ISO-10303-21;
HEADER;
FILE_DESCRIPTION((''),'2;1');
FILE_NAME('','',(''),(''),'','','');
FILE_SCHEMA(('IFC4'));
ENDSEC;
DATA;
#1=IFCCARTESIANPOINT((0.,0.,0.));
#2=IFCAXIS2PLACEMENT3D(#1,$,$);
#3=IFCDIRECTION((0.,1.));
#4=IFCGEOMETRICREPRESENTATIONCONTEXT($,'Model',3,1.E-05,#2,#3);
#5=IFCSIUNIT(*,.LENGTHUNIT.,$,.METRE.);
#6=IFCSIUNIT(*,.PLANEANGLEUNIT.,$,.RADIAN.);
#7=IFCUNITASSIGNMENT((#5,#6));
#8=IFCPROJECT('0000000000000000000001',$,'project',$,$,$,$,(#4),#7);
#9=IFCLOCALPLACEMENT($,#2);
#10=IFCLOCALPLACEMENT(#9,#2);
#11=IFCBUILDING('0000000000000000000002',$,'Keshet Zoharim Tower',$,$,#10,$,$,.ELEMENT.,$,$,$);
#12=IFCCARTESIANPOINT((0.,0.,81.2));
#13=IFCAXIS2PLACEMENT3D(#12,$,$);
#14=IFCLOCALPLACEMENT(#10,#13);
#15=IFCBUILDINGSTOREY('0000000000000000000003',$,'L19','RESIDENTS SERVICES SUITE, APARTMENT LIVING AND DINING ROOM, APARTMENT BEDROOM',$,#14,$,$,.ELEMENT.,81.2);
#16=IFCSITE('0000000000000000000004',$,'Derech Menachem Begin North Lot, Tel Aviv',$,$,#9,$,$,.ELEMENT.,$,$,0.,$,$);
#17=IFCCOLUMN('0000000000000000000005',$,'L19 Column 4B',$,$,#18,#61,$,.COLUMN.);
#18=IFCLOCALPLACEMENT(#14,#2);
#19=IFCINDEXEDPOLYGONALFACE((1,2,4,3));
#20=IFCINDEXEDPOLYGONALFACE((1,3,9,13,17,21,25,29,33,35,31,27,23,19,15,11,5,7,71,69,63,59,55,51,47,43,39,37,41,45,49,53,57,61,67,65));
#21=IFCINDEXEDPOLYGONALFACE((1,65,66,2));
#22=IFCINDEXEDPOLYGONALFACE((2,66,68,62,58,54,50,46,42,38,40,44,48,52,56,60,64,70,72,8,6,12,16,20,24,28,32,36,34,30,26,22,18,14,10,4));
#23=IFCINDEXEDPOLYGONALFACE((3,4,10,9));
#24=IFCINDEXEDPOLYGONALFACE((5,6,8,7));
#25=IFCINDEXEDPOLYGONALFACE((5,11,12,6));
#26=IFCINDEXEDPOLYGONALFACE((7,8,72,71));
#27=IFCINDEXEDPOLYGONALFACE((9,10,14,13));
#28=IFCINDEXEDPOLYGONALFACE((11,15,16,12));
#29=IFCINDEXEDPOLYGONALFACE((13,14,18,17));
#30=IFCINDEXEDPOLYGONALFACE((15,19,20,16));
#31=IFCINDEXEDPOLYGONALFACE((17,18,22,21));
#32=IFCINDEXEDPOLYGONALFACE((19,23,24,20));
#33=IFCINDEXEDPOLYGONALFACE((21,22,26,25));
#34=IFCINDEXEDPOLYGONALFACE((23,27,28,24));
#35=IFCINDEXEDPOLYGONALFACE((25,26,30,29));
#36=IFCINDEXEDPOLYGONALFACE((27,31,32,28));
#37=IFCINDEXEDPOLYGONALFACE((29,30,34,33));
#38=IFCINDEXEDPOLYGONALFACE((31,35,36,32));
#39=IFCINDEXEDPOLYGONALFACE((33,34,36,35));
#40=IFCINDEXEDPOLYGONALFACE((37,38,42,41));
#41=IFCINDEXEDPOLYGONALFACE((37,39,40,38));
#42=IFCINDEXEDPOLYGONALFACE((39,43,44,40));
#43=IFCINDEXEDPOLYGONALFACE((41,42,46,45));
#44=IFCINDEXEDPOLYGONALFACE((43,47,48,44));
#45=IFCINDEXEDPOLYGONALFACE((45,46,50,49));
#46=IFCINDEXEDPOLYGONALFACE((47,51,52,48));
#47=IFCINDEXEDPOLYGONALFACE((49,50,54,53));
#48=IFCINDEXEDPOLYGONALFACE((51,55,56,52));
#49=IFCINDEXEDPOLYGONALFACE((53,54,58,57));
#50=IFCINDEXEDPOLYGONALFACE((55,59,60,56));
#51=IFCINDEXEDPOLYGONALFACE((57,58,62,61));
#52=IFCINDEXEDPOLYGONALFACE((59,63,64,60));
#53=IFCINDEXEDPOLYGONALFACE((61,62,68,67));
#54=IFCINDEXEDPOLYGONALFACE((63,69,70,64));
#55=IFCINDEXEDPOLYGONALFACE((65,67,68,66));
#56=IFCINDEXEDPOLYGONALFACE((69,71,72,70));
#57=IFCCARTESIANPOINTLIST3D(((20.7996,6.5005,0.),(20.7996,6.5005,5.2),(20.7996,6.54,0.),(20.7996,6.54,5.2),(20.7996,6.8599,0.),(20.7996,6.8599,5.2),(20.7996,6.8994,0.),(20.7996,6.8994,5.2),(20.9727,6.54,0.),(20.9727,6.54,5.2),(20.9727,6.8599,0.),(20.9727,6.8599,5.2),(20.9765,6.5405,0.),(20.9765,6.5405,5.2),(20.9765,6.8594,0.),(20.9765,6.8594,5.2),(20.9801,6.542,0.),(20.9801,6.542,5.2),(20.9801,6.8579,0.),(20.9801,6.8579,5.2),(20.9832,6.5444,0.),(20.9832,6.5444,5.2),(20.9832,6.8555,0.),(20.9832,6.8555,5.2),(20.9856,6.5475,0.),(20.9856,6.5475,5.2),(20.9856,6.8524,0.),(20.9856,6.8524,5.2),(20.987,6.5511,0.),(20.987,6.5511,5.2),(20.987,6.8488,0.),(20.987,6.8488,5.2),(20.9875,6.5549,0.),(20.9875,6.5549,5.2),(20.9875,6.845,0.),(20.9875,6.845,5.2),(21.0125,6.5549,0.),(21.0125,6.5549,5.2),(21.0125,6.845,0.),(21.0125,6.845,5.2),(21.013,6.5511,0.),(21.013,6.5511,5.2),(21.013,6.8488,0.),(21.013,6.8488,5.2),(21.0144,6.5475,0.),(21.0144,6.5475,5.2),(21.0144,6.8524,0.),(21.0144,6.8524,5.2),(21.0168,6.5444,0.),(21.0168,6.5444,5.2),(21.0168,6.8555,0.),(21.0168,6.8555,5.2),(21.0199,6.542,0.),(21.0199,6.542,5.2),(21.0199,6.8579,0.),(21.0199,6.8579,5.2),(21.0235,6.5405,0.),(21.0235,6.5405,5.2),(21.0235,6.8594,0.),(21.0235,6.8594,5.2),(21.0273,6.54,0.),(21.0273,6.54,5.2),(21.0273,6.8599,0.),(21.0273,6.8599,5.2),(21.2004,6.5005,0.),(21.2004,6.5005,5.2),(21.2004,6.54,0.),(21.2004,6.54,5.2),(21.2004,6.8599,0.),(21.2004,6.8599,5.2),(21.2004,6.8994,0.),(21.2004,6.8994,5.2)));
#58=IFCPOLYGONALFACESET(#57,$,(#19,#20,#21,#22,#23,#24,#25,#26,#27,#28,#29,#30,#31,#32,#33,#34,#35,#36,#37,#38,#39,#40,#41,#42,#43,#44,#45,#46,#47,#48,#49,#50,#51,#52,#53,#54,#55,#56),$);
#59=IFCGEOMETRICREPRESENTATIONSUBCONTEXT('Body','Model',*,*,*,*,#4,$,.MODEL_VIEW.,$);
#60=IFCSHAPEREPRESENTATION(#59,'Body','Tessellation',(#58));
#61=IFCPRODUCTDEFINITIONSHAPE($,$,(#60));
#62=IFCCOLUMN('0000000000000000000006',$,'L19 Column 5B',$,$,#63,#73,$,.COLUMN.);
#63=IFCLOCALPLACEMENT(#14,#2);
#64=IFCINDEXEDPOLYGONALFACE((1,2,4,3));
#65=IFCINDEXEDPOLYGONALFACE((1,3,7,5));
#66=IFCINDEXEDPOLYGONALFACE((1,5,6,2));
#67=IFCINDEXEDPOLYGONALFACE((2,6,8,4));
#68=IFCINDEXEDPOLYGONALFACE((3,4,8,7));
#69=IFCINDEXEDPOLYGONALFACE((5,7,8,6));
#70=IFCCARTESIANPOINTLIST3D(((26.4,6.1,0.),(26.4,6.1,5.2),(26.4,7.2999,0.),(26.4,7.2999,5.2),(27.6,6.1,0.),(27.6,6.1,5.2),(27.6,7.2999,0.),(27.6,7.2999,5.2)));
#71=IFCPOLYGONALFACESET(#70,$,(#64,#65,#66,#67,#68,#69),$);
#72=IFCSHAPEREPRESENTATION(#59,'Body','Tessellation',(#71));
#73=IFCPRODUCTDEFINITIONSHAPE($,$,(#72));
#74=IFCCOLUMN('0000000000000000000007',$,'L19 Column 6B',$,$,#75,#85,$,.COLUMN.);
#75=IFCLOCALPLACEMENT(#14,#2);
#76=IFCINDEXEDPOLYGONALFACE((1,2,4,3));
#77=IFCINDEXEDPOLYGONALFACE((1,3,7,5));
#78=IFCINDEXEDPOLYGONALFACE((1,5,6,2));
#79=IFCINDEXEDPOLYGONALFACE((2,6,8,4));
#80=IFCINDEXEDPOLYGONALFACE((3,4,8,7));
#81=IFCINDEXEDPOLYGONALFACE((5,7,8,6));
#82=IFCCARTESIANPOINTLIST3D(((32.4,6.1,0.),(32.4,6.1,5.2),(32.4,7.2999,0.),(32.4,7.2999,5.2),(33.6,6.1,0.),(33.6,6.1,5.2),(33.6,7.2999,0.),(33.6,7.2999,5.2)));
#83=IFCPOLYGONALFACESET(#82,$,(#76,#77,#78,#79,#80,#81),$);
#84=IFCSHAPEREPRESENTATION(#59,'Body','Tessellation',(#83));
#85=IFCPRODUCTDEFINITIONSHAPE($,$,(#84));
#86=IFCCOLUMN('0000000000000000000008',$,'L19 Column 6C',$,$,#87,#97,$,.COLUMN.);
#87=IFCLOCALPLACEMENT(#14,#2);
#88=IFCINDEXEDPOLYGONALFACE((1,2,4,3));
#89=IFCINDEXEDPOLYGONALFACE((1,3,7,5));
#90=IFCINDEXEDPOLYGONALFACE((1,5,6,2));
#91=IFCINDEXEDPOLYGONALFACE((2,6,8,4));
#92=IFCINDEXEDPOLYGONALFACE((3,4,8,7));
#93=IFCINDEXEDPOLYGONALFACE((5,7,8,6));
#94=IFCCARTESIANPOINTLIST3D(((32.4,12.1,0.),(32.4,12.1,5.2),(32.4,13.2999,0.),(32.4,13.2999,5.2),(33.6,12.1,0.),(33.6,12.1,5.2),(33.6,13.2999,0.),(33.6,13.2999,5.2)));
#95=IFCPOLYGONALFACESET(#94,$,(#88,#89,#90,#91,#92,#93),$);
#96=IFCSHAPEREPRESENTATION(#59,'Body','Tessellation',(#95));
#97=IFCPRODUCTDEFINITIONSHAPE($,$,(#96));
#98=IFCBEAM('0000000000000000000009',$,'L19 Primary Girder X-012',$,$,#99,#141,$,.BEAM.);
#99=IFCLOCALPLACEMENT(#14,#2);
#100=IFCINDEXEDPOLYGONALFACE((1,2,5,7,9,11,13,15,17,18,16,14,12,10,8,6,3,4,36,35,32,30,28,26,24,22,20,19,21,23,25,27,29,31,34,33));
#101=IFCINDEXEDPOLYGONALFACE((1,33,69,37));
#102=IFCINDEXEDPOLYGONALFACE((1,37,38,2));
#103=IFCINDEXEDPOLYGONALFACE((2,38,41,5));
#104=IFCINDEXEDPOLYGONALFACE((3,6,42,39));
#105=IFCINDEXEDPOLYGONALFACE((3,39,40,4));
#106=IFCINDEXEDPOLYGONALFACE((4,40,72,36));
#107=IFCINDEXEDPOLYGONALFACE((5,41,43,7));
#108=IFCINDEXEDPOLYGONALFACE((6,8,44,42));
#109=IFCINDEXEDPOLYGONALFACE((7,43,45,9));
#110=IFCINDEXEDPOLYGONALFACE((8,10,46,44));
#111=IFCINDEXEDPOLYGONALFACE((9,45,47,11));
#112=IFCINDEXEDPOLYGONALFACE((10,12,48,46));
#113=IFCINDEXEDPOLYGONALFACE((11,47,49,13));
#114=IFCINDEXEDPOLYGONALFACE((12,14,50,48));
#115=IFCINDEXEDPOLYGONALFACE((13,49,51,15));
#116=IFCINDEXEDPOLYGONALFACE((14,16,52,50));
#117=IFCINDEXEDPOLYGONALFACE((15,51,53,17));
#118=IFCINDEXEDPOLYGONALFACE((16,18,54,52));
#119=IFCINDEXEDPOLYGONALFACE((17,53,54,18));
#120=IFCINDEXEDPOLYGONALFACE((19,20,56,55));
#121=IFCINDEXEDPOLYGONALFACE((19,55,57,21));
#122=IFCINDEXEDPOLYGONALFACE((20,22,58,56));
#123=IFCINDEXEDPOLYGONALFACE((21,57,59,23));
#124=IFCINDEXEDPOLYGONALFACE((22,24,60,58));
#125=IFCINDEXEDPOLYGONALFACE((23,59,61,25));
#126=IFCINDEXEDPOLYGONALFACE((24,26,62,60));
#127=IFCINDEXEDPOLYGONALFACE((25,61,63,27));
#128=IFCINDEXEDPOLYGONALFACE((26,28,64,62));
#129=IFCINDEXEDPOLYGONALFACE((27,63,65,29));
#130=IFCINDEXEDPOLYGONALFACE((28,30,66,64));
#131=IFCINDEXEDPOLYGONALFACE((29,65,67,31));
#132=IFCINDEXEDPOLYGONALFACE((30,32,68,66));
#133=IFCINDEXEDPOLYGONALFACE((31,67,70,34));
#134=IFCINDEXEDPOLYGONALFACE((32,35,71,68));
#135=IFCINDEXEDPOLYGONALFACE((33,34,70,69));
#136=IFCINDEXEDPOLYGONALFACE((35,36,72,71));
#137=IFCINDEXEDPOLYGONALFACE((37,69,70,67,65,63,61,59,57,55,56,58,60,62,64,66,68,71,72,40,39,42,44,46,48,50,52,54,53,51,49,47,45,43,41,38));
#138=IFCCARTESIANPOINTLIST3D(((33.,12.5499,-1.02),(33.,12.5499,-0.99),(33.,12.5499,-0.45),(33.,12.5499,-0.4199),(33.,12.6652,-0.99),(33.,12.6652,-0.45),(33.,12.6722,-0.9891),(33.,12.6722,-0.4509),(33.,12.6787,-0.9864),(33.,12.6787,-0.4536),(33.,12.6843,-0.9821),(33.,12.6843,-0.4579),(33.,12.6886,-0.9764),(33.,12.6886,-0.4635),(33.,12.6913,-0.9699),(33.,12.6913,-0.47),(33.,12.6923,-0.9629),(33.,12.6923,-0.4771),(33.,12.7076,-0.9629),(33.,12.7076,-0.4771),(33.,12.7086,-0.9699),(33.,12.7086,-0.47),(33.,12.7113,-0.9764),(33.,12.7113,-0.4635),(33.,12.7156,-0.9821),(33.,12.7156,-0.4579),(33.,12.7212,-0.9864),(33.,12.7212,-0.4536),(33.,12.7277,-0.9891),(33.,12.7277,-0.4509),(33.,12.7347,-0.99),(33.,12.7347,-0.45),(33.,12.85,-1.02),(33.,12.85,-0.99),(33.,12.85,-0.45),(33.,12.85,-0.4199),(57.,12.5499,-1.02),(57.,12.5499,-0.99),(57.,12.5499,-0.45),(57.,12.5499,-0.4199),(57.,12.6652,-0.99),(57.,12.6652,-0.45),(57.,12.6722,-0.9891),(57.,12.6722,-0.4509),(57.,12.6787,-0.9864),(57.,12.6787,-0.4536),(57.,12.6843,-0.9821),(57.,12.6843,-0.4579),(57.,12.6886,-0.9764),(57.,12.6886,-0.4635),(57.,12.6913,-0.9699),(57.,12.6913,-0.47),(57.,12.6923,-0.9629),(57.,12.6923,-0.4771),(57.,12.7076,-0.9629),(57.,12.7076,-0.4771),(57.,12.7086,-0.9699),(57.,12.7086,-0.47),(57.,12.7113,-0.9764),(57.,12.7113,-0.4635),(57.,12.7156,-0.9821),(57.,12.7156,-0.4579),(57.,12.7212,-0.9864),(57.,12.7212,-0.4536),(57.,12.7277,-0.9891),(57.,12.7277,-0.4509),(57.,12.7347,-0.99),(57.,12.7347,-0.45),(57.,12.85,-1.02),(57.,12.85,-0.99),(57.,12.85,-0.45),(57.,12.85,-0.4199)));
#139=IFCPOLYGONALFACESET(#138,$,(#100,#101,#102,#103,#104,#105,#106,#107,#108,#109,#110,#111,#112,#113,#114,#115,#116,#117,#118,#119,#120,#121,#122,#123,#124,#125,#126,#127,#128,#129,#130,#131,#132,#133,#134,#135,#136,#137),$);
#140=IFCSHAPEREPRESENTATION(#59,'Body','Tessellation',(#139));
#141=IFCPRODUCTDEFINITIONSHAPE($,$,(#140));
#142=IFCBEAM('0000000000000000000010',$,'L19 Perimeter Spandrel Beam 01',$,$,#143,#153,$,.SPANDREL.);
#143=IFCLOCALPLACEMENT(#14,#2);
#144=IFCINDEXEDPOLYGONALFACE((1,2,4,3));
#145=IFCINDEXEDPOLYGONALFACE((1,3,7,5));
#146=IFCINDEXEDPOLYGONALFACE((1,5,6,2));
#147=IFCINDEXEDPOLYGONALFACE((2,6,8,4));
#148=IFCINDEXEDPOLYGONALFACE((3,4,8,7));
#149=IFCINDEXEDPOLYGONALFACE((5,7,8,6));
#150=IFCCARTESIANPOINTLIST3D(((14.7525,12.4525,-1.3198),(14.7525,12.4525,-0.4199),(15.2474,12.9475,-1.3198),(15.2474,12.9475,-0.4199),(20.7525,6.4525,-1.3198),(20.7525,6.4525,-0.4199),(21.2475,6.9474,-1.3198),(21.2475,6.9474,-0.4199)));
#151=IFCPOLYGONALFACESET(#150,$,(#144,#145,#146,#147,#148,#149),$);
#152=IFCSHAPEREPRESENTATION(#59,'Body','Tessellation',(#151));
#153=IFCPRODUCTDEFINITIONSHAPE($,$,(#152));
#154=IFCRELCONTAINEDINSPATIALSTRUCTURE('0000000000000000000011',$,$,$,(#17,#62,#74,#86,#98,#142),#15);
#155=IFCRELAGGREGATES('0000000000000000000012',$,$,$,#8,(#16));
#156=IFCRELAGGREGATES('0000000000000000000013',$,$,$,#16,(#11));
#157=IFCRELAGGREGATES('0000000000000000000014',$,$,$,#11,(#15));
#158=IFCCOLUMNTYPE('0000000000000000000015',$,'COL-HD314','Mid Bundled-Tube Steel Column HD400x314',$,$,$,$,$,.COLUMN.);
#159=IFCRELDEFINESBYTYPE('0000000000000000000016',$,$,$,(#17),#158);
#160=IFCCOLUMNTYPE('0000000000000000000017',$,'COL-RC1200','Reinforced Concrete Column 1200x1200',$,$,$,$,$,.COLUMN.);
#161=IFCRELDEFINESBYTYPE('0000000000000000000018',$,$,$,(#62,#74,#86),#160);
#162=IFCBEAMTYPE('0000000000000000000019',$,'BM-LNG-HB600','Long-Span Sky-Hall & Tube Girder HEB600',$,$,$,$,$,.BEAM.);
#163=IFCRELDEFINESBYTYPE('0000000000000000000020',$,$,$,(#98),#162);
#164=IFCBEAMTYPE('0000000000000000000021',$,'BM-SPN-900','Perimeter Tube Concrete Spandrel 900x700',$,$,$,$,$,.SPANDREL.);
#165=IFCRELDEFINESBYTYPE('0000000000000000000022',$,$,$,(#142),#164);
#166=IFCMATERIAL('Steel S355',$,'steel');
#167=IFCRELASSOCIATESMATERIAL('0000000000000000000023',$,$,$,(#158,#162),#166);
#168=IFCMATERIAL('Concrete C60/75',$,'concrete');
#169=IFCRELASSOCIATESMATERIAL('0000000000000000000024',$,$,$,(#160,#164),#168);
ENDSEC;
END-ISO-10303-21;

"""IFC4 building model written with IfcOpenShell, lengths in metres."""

from ifc_helpers import new_model, si_unit, direction, frame, origin, origin_2d, place, context, subcontext, project, spatial, rectangle, i_section, extrude, material, material_profile, profile_set, type_object, element, save


model = new_model("IFC4")

# Units and contexts
model_context = context("Model", 3, precision=1e-05, world=origin(), true_north=direction((0.0, 1.0)))
body_context = subcontext(model_context, "Body", "Model", "MODEL_VIEW")
ifc_project = project(units=[si_unit("LENGTHUNIT", "METRE"), si_unit("PLANEANGLEUNIT", "RADIAN")], contexts=[model_context])

# Site, building, storey
site_placement = place(None, origin())
site = spatial("IfcSite", under=ifc_project, at=site_placement, Name="Derech Menachem Begin North Lot, Tel Aviv", CompositionType="ELEMENT", RefElevation=0.0)
building_placement = place(site_placement, origin())
building = spatial("IfcBuilding", under=site, at=building_placement, Name="Keshet Zoharim Tower", CompositionType="ELEMENT")
storey_placement = place(building_placement, frame((0.0, 0.0, 81.2)))
storey = spatial("IfcBuildingStorey", under=building, at=storey_placement, Name="L19", Description="RESIDENTS SERVICES SUITE, APARTMENT LIVING AND DINING ROOM, APARTMENT BEDROOM", CompositionType="ELEMENT", Elevation=81.2)

# Columns
ifc_material_1 = material(Name="Steel S355", Category="steel")
ifc_material_profile_1 = material_profile(ifc_material_1, i_section(OverallWidth=0.4009, OverallDepth=0.3989, WebThickness=0.0249, FlangeThickness=0.0396, FilletRadius=0.0149, at=origin_2d()), Name="HD400x314")
ifc_profile_set_1 = profile_set([ifc_material_profile_1], Name="Steel S355")
column_type_1 = type_object("IfcColumnType", Name="COL-HD314", Description="Mid Bundled-Tube Steel Column HD400x314", PredefinedType="COLUMN", material=ifc_profile_set_1)
column_placement = place(storey_placement, frame((21.0, 6.7, 0.0), z_axis=(0.0, 0.0, 1.0), x_axis=(1.0, 0.0, 0.0)))
element("IfcColumn", 1, at=column_placement, inside=storey, type_object=column_type_1, Name="L19 Column 4B", PredefinedType="COLUMN", context=body_context, shape_type="SweptSolid", body=[
    extrude(i_section(OverallWidth=0.4009, OverallDepth=0.3989, WebThickness=0.0249, FlangeThickness=0.0396, FilletRadius=0.0149, at=origin_2d()), origin(), (0.0, 0.0, 1.0), 5.2),
])
ifc_material_2 = material(Name="Concrete C60/75", Category="concrete")
ifc_material_profile_2 = material_profile(ifc_material_2, rectangle(XDim=1.2, YDim=1.2, at=origin_2d()), Name="RC1200x1200")
ifc_profile_set_2 = profile_set([ifc_material_profile_2], Name="Concrete C60/75")
column_type_2 = type_object("IfcColumnType", Name="COL-RC1200", Description="Reinforced Concrete Column 1200x1200", PredefinedType="COLUMN", material=ifc_profile_set_2)
for number, where, z_axis, x_axis, name in (
    (2, (27.0, 6.7, 0.0), (0.0, 0.0, 1.0), (1.0, 0.0, 0.0), "L19 Column 5B"),
    (3, (33.0, 6.7, 0.0), (0.0, 0.0, 1.0), (1.0, 0.0, 0.0), "L19 Column 6B"),
    (4, (33.0, 12.7, 0.0), (0.0, 0.0, 1.0), (1.0, 0.0, 0.0), "L19 Column 6C"),
):
    element("IfcColumn", number, at=place(storey_placement, frame(where, z_axis=z_axis, x_axis=x_axis)), inside=storey, type_object=column_type_2, Name=name, PredefinedType="COLUMN", context=body_context, shape_type="SweptSolid", body=[
        extrude(rectangle(XDim=1.2, YDim=1.2, at=origin_2d()), origin(), (0.0, 0.0, 1.0), 5.2),
    ])

# Beams
ifc_material_profile_3 = material_profile(ifc_material_1, i_section(OverallWidth=0.3, OverallDepth=0.6001, WebThickness=0.0154, FlangeThickness=0.03, FilletRadius=0.0271, at=origin_2d()), Name="HEB600")
ifc_profile_set_3 = profile_set([ifc_material_profile_3], Name="Steel S355")
beam_type_1 = type_object("IfcBeamType", Name="BM-LNG-HB600", Description="Long-Span Sky-Hall & Tube Girder HEB600", PredefinedType="BEAM", material=ifc_profile_set_3)
beam_1_placement = place(storey_placement, frame((33.0, 12.7, -0.72), z_axis=(1.0, 0.0, 0.0), x_axis=(0.0, 1.0, 0.0)))
element("IfcBeam", 5, at=beam_1_placement, inside=storey, type_object=beam_type_1, Name="L19 Primary Girder X-012", PredefinedType="BEAM", context=body_context, shape_type="SweptSolid", body=[
    extrude(i_section(OverallWidth=0.3, OverallDepth=0.6001, WebThickness=0.0154, FlangeThickness=0.03, FilletRadius=0.0271, at=origin_2d()), origin(), (0.0, 0.0, 1.0), 24.0),
])
ifc_material_profile_4 = material_profile(ifc_material_2, rectangle(XDim=0.7, YDim=0.8999, at=origin_2d()), Name="RC900x700")
ifc_profile_set_4 = profile_set([ifc_material_profile_4], Name="Concrete C60/75")
beam_type_2 = type_object("IfcBeamType", Name="BM-SPN-900", Description="Perimeter Tube Concrete Spandrel 900x700", PredefinedType="SPANDREL", material=ifc_profile_set_4)
beam_2_placement = place(storey_placement, frame((21.0, 6.7, -0.8699), z_axis=(-0.707107, 0.707107, 0.0), x_axis=(-0.707107, -0.707107, 0.0)))
element("IfcBeam", 6, at=beam_2_placement, inside=storey, type_object=beam_type_2, Name="L19 Perimeter Spandrel Beam 01", PredefinedType="SPANDREL", context=body_context, shape_type="SweptSolid", body=[
    extrude(rectangle(XDim=0.7, YDim=0.8999, at=origin_2d()), origin(), (0.0, 0.0, 1.0), 8.4854),
])

save(model, "model.ifc")
